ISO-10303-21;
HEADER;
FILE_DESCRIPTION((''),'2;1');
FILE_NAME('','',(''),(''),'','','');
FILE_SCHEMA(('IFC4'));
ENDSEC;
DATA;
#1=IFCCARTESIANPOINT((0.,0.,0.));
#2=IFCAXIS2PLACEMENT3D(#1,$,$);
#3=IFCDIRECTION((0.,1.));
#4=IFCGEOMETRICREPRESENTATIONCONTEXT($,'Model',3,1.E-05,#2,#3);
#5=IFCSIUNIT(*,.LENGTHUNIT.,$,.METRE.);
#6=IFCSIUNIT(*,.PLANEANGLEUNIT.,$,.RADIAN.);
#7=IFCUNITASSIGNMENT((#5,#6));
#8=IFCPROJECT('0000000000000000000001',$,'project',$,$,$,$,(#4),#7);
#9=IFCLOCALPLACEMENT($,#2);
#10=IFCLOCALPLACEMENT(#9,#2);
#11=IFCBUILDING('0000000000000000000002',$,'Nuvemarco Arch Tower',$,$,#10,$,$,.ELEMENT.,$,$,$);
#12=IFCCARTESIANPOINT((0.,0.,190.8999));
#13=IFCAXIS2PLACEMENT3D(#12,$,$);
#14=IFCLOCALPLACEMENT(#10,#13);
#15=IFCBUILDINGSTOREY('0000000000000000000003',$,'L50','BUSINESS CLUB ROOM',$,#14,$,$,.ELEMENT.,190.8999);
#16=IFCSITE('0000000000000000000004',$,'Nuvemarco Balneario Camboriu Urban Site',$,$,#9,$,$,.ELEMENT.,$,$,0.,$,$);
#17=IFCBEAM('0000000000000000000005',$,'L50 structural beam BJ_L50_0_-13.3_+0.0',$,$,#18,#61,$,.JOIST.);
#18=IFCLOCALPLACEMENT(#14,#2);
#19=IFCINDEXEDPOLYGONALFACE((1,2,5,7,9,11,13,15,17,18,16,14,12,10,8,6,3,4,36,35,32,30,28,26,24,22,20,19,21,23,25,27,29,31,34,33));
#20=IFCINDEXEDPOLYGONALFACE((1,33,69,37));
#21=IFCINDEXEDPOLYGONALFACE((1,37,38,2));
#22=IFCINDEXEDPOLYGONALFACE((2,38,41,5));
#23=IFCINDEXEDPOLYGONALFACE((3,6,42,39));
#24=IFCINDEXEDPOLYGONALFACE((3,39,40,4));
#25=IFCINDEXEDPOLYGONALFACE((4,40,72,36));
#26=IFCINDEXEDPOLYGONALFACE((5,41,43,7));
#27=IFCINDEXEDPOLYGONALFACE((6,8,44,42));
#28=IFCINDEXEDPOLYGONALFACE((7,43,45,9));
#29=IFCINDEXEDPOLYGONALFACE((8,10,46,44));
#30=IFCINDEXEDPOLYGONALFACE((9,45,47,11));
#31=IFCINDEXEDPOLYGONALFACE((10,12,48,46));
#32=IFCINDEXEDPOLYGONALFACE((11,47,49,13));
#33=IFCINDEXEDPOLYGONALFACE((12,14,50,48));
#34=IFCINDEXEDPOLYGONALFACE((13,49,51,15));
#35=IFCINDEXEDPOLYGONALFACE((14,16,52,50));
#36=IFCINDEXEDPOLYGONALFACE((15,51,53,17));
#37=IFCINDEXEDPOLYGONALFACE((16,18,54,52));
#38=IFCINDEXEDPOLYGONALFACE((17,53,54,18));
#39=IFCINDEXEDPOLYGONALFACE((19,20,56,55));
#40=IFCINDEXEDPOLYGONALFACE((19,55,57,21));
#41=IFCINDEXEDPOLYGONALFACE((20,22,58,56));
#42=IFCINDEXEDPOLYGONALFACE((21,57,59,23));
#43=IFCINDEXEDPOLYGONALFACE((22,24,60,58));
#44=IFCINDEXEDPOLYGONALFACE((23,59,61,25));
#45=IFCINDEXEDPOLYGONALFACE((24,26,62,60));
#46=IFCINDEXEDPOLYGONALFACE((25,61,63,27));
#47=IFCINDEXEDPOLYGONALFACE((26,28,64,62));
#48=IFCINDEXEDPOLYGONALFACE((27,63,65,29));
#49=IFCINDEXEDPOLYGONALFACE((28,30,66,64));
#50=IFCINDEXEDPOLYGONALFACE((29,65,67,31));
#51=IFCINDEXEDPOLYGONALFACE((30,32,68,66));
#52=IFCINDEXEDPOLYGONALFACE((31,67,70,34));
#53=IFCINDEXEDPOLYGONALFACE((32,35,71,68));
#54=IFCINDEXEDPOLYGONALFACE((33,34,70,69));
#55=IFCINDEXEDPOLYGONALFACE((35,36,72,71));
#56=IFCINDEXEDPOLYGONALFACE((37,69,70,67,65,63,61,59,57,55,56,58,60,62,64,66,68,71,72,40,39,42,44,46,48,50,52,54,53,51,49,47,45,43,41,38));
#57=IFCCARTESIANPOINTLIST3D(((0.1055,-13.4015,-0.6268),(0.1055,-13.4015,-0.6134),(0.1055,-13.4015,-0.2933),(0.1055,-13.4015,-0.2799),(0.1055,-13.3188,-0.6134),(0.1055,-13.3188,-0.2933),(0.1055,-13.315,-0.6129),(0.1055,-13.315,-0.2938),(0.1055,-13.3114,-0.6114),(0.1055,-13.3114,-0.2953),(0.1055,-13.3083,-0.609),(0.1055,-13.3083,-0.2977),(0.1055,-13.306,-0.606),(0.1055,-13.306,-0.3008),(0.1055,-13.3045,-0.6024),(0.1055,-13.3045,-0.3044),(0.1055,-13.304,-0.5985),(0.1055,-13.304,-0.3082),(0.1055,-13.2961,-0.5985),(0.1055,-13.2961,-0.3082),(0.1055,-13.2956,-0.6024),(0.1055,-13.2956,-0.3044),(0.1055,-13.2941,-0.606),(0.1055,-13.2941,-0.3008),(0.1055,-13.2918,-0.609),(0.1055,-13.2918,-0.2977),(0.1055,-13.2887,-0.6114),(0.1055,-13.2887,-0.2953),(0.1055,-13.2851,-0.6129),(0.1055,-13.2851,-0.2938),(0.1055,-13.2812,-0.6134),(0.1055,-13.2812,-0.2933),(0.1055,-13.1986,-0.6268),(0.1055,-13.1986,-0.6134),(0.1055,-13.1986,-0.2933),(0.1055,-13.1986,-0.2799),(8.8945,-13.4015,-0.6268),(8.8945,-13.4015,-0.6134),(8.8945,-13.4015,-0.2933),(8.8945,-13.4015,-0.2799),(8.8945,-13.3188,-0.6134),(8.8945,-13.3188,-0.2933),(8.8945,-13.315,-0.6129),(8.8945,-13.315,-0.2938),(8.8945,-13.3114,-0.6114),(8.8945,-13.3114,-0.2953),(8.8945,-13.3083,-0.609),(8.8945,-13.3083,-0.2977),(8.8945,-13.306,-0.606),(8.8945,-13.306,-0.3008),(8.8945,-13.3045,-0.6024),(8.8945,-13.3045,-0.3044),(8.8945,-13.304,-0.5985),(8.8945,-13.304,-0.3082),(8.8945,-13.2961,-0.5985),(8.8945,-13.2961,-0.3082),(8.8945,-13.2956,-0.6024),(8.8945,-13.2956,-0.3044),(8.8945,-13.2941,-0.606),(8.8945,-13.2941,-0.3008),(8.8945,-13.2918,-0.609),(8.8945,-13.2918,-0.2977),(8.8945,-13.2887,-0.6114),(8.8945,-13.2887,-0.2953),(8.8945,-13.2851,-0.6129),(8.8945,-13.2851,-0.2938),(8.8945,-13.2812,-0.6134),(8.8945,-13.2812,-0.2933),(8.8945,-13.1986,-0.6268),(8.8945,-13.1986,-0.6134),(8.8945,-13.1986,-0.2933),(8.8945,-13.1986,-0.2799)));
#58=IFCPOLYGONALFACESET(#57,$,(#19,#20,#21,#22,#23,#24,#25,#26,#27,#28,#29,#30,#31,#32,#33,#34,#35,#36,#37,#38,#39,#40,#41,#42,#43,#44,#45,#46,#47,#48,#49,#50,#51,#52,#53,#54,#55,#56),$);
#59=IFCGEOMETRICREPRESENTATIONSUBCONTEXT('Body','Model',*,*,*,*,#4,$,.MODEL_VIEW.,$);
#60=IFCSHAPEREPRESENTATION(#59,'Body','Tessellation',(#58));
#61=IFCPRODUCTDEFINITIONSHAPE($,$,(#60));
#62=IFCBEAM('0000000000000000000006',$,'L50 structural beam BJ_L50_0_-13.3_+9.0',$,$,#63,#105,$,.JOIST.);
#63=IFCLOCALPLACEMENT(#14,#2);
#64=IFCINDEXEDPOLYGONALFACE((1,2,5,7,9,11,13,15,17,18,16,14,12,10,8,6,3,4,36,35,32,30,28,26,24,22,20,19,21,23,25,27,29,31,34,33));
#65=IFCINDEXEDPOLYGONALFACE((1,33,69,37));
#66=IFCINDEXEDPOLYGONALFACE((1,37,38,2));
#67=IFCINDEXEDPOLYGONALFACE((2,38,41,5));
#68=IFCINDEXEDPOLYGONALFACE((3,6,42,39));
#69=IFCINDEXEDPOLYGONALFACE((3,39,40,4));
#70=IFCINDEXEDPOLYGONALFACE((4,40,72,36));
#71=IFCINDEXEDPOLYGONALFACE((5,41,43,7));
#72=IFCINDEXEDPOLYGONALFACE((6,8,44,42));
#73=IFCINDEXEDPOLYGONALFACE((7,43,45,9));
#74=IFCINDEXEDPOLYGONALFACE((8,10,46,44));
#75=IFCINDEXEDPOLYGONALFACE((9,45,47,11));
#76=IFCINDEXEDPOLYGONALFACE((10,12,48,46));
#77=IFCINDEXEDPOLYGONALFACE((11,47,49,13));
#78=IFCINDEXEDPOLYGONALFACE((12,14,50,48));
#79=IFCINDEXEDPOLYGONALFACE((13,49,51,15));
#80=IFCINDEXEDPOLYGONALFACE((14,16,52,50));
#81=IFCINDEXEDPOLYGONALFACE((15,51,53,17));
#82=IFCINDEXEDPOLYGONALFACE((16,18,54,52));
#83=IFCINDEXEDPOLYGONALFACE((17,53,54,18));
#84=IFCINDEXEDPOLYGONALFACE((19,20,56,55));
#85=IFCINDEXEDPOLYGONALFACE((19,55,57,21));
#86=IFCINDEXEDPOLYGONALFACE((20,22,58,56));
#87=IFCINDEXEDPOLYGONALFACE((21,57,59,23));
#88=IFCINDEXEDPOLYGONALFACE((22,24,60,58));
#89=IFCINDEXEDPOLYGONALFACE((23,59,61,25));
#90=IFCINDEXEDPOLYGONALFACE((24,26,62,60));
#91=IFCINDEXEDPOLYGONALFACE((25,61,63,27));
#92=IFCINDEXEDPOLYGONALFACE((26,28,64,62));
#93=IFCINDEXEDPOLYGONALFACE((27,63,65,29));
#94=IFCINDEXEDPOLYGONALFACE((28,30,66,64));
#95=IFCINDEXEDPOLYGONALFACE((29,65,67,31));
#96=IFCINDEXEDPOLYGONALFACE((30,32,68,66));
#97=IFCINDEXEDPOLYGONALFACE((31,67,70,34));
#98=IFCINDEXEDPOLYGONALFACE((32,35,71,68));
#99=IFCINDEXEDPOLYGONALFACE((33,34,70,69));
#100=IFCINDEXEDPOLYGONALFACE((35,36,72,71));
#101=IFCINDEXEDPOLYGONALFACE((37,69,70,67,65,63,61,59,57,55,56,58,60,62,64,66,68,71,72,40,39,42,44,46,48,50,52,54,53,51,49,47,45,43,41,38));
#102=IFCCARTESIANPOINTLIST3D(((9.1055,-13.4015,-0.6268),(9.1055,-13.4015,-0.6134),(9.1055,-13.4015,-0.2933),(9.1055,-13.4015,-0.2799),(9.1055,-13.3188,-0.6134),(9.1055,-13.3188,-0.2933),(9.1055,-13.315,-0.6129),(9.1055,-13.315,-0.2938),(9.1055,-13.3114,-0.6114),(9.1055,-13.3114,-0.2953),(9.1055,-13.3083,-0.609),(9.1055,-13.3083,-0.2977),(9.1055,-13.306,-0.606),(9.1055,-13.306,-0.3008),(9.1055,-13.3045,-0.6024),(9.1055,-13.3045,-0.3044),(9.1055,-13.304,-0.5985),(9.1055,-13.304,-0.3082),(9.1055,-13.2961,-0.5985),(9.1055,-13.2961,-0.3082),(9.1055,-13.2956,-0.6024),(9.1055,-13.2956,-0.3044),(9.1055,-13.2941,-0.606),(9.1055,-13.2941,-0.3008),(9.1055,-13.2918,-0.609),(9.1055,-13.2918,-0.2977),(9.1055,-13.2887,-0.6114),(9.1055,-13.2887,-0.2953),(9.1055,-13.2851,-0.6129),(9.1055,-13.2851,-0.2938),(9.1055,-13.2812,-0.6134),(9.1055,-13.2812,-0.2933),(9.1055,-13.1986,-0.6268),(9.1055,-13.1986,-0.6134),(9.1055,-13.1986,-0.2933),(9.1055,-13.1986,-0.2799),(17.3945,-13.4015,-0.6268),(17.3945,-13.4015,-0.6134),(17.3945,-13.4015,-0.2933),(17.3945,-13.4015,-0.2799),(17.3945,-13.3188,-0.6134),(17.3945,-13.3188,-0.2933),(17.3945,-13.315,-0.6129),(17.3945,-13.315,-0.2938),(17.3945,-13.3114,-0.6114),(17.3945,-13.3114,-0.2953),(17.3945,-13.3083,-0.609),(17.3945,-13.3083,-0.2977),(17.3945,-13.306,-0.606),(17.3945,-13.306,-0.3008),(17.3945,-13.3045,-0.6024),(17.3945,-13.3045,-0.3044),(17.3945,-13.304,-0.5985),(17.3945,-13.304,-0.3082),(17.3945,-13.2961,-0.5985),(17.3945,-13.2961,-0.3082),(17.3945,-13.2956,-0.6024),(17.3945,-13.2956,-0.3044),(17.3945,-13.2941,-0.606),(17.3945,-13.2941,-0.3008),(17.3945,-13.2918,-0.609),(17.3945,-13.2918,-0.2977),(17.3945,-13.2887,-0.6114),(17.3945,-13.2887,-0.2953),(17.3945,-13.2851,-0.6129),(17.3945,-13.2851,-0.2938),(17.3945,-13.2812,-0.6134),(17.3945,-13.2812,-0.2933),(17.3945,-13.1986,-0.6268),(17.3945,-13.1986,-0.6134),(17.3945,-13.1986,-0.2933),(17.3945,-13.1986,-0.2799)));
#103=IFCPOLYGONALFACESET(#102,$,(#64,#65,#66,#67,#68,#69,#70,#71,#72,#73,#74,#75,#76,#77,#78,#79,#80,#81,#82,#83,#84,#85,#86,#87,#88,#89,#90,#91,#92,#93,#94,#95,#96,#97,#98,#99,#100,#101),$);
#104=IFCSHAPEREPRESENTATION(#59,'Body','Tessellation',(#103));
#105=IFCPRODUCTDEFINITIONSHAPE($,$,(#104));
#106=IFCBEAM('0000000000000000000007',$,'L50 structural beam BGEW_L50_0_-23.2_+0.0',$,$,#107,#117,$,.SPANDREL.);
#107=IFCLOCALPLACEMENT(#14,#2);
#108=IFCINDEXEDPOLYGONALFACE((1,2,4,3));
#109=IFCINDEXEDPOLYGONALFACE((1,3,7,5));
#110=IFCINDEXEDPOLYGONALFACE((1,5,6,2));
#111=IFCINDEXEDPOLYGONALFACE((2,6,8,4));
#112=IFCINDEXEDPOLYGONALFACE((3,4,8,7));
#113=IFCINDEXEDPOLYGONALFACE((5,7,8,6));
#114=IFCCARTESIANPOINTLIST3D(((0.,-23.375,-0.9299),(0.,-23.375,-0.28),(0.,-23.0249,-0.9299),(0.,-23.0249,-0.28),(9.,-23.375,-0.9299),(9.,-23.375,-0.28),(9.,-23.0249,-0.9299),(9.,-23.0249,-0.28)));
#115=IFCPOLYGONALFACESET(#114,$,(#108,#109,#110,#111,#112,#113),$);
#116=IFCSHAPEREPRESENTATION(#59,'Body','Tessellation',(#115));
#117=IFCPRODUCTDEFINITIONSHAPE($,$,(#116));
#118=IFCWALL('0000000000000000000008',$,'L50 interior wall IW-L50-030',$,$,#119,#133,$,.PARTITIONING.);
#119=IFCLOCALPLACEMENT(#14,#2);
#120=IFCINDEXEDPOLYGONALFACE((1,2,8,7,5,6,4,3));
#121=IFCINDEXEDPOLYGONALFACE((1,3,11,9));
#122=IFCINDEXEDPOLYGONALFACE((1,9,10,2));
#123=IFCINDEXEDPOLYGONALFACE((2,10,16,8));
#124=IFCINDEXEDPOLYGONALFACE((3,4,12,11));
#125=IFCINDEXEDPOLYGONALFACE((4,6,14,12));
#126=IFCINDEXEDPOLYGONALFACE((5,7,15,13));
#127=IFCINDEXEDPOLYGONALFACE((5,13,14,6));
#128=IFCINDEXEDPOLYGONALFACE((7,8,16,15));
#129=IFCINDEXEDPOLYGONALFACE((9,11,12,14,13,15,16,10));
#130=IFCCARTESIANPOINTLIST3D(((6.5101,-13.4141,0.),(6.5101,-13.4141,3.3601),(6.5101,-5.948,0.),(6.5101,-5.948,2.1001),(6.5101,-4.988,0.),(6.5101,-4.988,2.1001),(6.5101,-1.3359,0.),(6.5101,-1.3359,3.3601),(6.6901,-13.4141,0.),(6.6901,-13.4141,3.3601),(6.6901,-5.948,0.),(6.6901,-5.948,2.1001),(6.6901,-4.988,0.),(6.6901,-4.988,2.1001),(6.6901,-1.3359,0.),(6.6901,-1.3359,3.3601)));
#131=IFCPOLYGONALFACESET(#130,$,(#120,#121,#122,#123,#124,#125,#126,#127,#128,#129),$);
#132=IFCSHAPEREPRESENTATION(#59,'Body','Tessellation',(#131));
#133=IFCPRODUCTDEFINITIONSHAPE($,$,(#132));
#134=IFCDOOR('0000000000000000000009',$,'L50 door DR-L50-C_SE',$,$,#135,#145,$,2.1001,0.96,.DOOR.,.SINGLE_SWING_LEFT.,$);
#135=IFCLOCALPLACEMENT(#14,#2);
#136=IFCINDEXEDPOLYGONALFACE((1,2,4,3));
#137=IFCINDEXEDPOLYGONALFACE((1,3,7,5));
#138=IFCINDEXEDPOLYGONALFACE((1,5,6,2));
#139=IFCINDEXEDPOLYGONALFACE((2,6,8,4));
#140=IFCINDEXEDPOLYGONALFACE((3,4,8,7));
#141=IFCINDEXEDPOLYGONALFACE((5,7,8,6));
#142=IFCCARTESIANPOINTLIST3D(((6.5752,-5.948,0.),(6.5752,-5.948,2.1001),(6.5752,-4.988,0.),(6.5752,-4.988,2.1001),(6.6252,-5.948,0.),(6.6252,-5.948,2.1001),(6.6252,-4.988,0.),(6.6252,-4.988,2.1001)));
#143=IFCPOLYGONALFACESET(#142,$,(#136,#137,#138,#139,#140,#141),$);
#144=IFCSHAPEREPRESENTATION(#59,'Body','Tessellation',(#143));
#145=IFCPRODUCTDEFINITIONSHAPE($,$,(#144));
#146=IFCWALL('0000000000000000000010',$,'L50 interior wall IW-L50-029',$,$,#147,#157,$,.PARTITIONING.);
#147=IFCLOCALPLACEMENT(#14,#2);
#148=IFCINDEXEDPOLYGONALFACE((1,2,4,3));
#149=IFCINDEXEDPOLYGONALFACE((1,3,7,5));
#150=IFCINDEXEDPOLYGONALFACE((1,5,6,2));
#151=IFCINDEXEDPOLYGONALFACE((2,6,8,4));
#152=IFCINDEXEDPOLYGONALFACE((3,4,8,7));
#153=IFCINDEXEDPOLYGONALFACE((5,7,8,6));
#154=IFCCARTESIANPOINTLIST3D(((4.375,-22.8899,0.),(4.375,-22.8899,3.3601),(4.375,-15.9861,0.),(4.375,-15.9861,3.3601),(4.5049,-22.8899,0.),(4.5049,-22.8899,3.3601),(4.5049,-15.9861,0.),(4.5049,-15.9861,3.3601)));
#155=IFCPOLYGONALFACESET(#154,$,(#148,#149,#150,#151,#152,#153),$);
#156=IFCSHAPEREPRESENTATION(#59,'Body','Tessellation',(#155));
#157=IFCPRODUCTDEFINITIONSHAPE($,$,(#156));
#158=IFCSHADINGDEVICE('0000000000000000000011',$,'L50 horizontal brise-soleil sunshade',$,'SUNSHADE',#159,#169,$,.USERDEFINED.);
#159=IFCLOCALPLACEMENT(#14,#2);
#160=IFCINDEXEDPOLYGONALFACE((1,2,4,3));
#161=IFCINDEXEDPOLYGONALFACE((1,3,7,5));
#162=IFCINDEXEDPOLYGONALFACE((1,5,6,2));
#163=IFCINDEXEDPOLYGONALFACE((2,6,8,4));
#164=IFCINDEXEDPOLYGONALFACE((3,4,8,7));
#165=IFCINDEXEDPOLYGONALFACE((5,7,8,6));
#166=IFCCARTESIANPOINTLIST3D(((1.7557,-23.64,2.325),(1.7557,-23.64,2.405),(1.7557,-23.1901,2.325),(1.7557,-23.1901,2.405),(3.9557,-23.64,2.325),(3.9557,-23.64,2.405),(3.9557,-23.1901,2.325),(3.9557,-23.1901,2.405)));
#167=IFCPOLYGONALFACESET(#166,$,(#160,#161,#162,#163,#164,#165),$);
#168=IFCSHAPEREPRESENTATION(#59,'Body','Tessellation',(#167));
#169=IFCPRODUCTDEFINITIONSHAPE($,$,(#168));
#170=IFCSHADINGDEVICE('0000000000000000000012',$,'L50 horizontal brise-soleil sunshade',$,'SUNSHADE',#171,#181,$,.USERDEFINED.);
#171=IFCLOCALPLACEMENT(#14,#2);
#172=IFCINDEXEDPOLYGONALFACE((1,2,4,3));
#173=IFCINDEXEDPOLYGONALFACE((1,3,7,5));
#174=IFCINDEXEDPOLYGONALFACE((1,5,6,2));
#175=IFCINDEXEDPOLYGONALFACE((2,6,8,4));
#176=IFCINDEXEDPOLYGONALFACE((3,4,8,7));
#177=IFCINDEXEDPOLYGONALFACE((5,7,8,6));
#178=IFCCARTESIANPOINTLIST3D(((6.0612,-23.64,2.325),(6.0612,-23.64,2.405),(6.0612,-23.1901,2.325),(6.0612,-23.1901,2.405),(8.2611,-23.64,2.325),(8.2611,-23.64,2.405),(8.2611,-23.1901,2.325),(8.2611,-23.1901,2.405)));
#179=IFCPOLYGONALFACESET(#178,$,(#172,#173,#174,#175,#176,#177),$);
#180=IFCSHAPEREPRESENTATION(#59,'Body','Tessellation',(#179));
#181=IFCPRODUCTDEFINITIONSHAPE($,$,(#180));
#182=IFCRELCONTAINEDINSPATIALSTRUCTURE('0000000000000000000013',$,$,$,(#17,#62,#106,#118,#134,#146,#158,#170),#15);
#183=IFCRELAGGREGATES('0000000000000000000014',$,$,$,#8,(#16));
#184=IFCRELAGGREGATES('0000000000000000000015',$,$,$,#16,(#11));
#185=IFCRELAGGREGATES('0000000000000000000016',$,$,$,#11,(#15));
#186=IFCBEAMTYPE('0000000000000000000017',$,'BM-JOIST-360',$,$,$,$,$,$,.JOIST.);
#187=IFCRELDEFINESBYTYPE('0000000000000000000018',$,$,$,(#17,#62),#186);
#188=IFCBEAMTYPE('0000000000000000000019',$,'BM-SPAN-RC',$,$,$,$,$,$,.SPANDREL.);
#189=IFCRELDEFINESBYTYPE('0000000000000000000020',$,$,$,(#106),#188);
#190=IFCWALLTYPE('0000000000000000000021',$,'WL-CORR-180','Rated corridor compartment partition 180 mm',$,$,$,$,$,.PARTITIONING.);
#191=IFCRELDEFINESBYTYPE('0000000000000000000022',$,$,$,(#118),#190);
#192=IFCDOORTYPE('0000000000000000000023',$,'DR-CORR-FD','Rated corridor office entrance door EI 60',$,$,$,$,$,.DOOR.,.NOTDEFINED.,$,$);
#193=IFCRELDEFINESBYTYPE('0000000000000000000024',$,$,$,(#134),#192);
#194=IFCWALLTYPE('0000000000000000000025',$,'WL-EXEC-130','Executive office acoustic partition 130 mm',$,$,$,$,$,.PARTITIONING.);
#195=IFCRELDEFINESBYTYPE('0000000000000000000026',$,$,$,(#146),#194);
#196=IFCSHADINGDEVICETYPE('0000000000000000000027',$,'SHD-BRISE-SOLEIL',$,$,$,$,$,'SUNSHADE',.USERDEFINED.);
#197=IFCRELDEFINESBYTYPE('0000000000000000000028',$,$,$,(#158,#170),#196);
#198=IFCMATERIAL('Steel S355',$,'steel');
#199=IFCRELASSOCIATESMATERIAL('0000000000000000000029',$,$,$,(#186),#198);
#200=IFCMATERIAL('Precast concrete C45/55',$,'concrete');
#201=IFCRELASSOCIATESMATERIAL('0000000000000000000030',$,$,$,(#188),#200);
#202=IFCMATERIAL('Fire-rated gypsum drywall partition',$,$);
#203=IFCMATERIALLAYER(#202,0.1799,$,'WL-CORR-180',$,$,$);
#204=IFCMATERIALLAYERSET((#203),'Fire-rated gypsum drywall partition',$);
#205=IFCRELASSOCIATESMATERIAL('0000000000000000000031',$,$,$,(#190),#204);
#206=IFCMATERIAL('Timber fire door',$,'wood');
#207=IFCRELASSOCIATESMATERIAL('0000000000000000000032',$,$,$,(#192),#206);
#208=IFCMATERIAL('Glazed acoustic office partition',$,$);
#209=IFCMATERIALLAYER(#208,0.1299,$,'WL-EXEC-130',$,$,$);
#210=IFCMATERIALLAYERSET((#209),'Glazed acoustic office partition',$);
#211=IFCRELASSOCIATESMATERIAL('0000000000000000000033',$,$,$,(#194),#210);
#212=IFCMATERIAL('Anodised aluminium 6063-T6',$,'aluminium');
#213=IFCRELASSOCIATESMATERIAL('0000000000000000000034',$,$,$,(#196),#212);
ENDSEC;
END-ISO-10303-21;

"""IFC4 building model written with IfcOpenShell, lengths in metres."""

from ifc_helpers import new_model, si_unit, direction, frame, frame_2d, origin, origin_2d, place, context, subcontext, project, spatial, rectangle, i_section, extrude, source, transform, mapped, material, layer, layer_set, material_profile, profile_set, type_object, type_shapes, element, fill, save


model = new_model("IFC4")

# Units and contexts
model_context = context("Model", 3, precision=1e-05, world=origin(), true_north=direction((0.0, 1.0)))
body_context = subcontext(model_context, "Body", "Model", "MODEL_VIEW")
ifc_project = project(units=[si_unit("LENGTHUNIT", "METRE"), si_unit("PLANEANGLEUNIT", "RADIAN")], contexts=[model_context])

# Site, building, storey
site_placement = place(None, origin())
site = spatial("IfcSite", under=ifc_project, at=site_placement, Name="Nuvemarco Balneario Camboriu Urban Site", CompositionType="ELEMENT", RefElevation=0.0)
building_placement = place(site_placement, origin())
building = spatial("IfcBuilding", under=site, at=building_placement, Name="Nuvemarco Arch Tower", CompositionType="ELEMENT")
storey_placement = place(building_placement, frame((0.0, 0.0, 190.8999)))
storey = spatial("IfcBuildingStorey", under=building, at=storey_placement, Name="L50", Description="BUSINESS CLUB ROOM", CompositionType="ELEMENT", Elevation=190.8999)

# Shared definitions
ifc_material_1 = material(Name="Steel S355", Category="steel")

# Beams
ifc_material_profile_1 = material_profile(ifc_material_1, i_section(OverallWidth=0.2029, OverallDepth=0.3469, WebThickness=0.0078, FlangeThickness=0.0134, FilletRadius=0.0149, at=origin_2d()), Name="W360x64")
ifc_profile_set_1 = profile_set([ifc_material_profile_1], Name="Steel S355")
beam_type_1 = type_object("IfcBeamType", Name="BM-JOIST-360", PredefinedType="JOIST", material=ifc_profile_set_1)
beam_1_placement = place(storey_placement, frame((0.1055, -13.3, -0.4534), z_axis=(1.0, 0.0, 0.0), x_axis=(0.0, 1.0, 0.0)))
element("IfcBeam", 1, at=beam_1_placement, inside=storey, type_object=beam_type_1, Name="L50 structural beam BJ_L50_0_-13.3_+0.0", PredefinedType="JOIST", context=body_context, shape_type="SweptSolid", body=[
    extrude(i_section(OverallWidth=0.2029, OverallDepth=0.3469, WebThickness=0.0078, FlangeThickness=0.0134, FilletRadius=0.0149, at=origin_2d()), origin(), (0.0, 0.0, 1.0), 8.7891),
])
beam_2_placement = place(storey_placement, frame((9.1055, -13.3, -0.4534), z_axis=(1.0, 0.0, 0.0), x_axis=(0.0, 1.0, 0.0)))
element("IfcBeam", 2, at=beam_2_placement, inside=storey, type_object=beam_type_1, Name="L50 structural beam BJ_L50_0_-13.3_+9.0", PredefinedType="JOIST", context=body_context, shape_type="SweptSolid", body=[
    extrude(i_section(OverallWidth=0.2029, OverallDepth=0.3469, WebThickness=0.0078, FlangeThickness=0.0134, FilletRadius=0.0149, at=origin_2d()), origin(), (0.0, 0.0, 1.0), 8.2891),
])
ifc_material_2 = material(Name="Precast concrete C45/55", Category="concrete")
ifc_material_profile_2 = material_profile(ifc_material_2, rectangle(XDim=0.3501, YDim=0.6499, at=origin_2d()), Name="PC-SP-350x650")
ifc_profile_set_2 = profile_set([ifc_material_profile_2], Name="Precast concrete C45/55")
beam_type_2 = type_object("IfcBeamType", Name="BM-SPAN-RC", PredefinedType="SPANDREL", material=ifc_profile_set_2)
beam_3_placement = place(storey_placement, frame((0.0, -23.2, -0.605), z_axis=(1.0, 0.0, 0.0), x_axis=(0.0, 1.0, 0.0)))
element("IfcBeam", 3, at=beam_3_placement, inside=storey, type_object=beam_type_2, Name="L50 structural beam BGEW_L50_0_-23.2_+0.0", PredefinedType="SPANDREL", context=body_context, shape_type="SweptSolid", body=[
    extrude(rectangle(XDim=0.3501, YDim=0.6499, at=origin_2d()), origin(), (0.0, 0.0, 1.0), 9.0),
])

# Wall, opening, door
ifc_material_3 = material(Name="Fire-rated gypsum drywall partition")
ifc_layer_1 = layer(ifc_material_3, 0.1799, Name="WL-CORR-180")
ifc_layer_set_1 = layer_set([ifc_layer_1], Name="Fire-rated gypsum drywall partition")
wall_type_1 = type_object("IfcWallType", Name="WL-CORR-180", Description="Rated corridor compartment partition 180 mm", PredefinedType="PARTITIONING", material=ifc_layer_set_1)
wall_1_placement = place(storey_placement, frame((6.6001, -13.4141, 0.0), z_axis=(0.0, 0.0, 1.0), x_axis=(0.0, 1.0, 0.0)))
wall_1 = element("IfcWall", 4, at=wall_1_placement, inside=storey, type_object=wall_type_1, Name="L50 interior wall IW-L50-030", PredefinedType="PARTITIONING", context=body_context, shape_type="SweptSolid", body=[
    extrude(rectangle(XDim=12.0781, YDim=0.1799, at=frame_2d((6.0391, 0.0))), origin(), (0.0, 0.0, 1.0), 3.3601),
])
opening_placement = place(wall_1_placement, frame((7.4661, 0.0, 0.0)))
opening = element("IfcOpeningElement", 5, at=opening_placement, cuts=wall_1, PredefinedType="OPENING", context=body_context, shape_type="SweptSolid", body=[
    extrude(rectangle(XDim=0.96, YDim=2.1001, at=frame_2d((0.48, 1.05))), frame((0.0, 0.0999, 0.0), z_axis=(0.0, -1.0, 0.0), x_axis=(1.0, 0.0, 0.0)), (0.0, 0.0, 1.0), 0.2),
])
ifc_material_4 = material(Name="Timber fire door", Category="wood")
door_type = type_object("IfcDoorType", Name="DR-CORR-FD", Description="Rated corridor office entrance door EI 60", OperationType="NOTDEFINED", PredefinedType="DOOR", material=ifc_material_4)
shared_shape_1 = source(origin(), body_context, "Body", "SweptSolid", [
    extrude(rectangle(XDim=0.96, YDim=2.1001, at=frame_2d((0.48, 1.05))), frame((0.0, 0.0249, 0.0), z_axis=(0.0, -1.0, 0.0), x_axis=(1.0, 0.0, 0.0)), (0.0, 0.0, 1.0), 0.05),
])
type_shapes(door_type, [shared_shape_1])
door_placement = place(opening_placement, origin())
door = element("IfcDoor", 6, at=door_placement, inside=storey, type_object=door_type, Name="L50 door DR-L50-C_SE", OperationType="SINGLE_SWING_LEFT", OverallHeight=2.1001, OverallWidth=0.96, PredefinedType="DOOR", context=body_context, shape_type="MappedRepresentation", body=[
    mapped(shared_shape_1, transform((0.0, 0.0, 0.0), scale=1.0)),
])
fill(opening, door)

# Wall
ifc_material_5 = material(Name="Glazed acoustic office partition")
ifc_layer_2 = layer(ifc_material_5, 0.1299, Name="WL-EXEC-130")
ifc_layer_set_2 = layer_set([ifc_layer_2], Name="Glazed acoustic office partition")
wall_type_2 = type_object("IfcWallType", Name="WL-EXEC-130", Description="Executive office acoustic partition 130 mm", PredefinedType="PARTITIONING", material=ifc_layer_set_2)
wall_2_placement = place(storey_placement, frame((4.4399, -22.8899, 0.0), z_axis=(0.0, 0.0, 1.0), x_axis=(0.0, 1.0, 0.0)))
element("IfcWall", 7, at=wall_2_placement, inside=storey, type_object=wall_type_2, Name="L50 interior wall IW-L50-029", PredefinedType="PARTITIONING", context=body_context, shape_type="SweptSolid", body=[
    extrude(rectangle(XDim=6.9038, YDim=0.1299, at=frame_2d((3.4519, 0.0))), origin(), (0.0, 0.0, 1.0), 3.3601),
])

# Shading devices
ifc_material_6 = material(Name="Anodised aluminium 6063-T6", Category="aluminium")
shading_device_type = type_object("IfcShadingDeviceType", Name="SHD-BRISE-SOLEIL", ElementType="SUNSHADE", PredefinedType="USERDEFINED", material=ifc_material_6)
shared_shape_2 = source(origin(), body_context, "Body", "SweptSolid", [
    extrude(rectangle(XDim=2.2, YDim=0.45, at=origin_2d()), origin(), (0.0, 0.0, 1.0), 0.0801),
])
type_shapes(shading_device_type, [shared_shape_2])
for number, where, z_axis, x_axis, name in (
    (8, (2.8557, -23.415, 2.325), (0.0, 0.0, 1.0), (1.0, 0.0, 0.0), "L50 horizontal brise-soleil sunshade"),
    (9, (7.1611, -23.415, 2.325), (0.0, 0.0, 1.0), (1.0, 0.0, 0.0), "L50 horizontal brise-soleil sunshade"),
):
    element("IfcShadingDevice", number, at=place(storey_placement, frame(where, z_axis=z_axis, x_axis=x_axis)), inside=storey, type_object=shading_device_type, Name=name, ObjectType="SUNSHADE", PredefinedType="USERDEFINED", context=body_context, shape_type="MappedRepresentation", body=[
        mapped(shared_shape_2, transform((0.0, 0.0, 0.0), scale=1.0)),
    ])

save(model, "model.ifc")
